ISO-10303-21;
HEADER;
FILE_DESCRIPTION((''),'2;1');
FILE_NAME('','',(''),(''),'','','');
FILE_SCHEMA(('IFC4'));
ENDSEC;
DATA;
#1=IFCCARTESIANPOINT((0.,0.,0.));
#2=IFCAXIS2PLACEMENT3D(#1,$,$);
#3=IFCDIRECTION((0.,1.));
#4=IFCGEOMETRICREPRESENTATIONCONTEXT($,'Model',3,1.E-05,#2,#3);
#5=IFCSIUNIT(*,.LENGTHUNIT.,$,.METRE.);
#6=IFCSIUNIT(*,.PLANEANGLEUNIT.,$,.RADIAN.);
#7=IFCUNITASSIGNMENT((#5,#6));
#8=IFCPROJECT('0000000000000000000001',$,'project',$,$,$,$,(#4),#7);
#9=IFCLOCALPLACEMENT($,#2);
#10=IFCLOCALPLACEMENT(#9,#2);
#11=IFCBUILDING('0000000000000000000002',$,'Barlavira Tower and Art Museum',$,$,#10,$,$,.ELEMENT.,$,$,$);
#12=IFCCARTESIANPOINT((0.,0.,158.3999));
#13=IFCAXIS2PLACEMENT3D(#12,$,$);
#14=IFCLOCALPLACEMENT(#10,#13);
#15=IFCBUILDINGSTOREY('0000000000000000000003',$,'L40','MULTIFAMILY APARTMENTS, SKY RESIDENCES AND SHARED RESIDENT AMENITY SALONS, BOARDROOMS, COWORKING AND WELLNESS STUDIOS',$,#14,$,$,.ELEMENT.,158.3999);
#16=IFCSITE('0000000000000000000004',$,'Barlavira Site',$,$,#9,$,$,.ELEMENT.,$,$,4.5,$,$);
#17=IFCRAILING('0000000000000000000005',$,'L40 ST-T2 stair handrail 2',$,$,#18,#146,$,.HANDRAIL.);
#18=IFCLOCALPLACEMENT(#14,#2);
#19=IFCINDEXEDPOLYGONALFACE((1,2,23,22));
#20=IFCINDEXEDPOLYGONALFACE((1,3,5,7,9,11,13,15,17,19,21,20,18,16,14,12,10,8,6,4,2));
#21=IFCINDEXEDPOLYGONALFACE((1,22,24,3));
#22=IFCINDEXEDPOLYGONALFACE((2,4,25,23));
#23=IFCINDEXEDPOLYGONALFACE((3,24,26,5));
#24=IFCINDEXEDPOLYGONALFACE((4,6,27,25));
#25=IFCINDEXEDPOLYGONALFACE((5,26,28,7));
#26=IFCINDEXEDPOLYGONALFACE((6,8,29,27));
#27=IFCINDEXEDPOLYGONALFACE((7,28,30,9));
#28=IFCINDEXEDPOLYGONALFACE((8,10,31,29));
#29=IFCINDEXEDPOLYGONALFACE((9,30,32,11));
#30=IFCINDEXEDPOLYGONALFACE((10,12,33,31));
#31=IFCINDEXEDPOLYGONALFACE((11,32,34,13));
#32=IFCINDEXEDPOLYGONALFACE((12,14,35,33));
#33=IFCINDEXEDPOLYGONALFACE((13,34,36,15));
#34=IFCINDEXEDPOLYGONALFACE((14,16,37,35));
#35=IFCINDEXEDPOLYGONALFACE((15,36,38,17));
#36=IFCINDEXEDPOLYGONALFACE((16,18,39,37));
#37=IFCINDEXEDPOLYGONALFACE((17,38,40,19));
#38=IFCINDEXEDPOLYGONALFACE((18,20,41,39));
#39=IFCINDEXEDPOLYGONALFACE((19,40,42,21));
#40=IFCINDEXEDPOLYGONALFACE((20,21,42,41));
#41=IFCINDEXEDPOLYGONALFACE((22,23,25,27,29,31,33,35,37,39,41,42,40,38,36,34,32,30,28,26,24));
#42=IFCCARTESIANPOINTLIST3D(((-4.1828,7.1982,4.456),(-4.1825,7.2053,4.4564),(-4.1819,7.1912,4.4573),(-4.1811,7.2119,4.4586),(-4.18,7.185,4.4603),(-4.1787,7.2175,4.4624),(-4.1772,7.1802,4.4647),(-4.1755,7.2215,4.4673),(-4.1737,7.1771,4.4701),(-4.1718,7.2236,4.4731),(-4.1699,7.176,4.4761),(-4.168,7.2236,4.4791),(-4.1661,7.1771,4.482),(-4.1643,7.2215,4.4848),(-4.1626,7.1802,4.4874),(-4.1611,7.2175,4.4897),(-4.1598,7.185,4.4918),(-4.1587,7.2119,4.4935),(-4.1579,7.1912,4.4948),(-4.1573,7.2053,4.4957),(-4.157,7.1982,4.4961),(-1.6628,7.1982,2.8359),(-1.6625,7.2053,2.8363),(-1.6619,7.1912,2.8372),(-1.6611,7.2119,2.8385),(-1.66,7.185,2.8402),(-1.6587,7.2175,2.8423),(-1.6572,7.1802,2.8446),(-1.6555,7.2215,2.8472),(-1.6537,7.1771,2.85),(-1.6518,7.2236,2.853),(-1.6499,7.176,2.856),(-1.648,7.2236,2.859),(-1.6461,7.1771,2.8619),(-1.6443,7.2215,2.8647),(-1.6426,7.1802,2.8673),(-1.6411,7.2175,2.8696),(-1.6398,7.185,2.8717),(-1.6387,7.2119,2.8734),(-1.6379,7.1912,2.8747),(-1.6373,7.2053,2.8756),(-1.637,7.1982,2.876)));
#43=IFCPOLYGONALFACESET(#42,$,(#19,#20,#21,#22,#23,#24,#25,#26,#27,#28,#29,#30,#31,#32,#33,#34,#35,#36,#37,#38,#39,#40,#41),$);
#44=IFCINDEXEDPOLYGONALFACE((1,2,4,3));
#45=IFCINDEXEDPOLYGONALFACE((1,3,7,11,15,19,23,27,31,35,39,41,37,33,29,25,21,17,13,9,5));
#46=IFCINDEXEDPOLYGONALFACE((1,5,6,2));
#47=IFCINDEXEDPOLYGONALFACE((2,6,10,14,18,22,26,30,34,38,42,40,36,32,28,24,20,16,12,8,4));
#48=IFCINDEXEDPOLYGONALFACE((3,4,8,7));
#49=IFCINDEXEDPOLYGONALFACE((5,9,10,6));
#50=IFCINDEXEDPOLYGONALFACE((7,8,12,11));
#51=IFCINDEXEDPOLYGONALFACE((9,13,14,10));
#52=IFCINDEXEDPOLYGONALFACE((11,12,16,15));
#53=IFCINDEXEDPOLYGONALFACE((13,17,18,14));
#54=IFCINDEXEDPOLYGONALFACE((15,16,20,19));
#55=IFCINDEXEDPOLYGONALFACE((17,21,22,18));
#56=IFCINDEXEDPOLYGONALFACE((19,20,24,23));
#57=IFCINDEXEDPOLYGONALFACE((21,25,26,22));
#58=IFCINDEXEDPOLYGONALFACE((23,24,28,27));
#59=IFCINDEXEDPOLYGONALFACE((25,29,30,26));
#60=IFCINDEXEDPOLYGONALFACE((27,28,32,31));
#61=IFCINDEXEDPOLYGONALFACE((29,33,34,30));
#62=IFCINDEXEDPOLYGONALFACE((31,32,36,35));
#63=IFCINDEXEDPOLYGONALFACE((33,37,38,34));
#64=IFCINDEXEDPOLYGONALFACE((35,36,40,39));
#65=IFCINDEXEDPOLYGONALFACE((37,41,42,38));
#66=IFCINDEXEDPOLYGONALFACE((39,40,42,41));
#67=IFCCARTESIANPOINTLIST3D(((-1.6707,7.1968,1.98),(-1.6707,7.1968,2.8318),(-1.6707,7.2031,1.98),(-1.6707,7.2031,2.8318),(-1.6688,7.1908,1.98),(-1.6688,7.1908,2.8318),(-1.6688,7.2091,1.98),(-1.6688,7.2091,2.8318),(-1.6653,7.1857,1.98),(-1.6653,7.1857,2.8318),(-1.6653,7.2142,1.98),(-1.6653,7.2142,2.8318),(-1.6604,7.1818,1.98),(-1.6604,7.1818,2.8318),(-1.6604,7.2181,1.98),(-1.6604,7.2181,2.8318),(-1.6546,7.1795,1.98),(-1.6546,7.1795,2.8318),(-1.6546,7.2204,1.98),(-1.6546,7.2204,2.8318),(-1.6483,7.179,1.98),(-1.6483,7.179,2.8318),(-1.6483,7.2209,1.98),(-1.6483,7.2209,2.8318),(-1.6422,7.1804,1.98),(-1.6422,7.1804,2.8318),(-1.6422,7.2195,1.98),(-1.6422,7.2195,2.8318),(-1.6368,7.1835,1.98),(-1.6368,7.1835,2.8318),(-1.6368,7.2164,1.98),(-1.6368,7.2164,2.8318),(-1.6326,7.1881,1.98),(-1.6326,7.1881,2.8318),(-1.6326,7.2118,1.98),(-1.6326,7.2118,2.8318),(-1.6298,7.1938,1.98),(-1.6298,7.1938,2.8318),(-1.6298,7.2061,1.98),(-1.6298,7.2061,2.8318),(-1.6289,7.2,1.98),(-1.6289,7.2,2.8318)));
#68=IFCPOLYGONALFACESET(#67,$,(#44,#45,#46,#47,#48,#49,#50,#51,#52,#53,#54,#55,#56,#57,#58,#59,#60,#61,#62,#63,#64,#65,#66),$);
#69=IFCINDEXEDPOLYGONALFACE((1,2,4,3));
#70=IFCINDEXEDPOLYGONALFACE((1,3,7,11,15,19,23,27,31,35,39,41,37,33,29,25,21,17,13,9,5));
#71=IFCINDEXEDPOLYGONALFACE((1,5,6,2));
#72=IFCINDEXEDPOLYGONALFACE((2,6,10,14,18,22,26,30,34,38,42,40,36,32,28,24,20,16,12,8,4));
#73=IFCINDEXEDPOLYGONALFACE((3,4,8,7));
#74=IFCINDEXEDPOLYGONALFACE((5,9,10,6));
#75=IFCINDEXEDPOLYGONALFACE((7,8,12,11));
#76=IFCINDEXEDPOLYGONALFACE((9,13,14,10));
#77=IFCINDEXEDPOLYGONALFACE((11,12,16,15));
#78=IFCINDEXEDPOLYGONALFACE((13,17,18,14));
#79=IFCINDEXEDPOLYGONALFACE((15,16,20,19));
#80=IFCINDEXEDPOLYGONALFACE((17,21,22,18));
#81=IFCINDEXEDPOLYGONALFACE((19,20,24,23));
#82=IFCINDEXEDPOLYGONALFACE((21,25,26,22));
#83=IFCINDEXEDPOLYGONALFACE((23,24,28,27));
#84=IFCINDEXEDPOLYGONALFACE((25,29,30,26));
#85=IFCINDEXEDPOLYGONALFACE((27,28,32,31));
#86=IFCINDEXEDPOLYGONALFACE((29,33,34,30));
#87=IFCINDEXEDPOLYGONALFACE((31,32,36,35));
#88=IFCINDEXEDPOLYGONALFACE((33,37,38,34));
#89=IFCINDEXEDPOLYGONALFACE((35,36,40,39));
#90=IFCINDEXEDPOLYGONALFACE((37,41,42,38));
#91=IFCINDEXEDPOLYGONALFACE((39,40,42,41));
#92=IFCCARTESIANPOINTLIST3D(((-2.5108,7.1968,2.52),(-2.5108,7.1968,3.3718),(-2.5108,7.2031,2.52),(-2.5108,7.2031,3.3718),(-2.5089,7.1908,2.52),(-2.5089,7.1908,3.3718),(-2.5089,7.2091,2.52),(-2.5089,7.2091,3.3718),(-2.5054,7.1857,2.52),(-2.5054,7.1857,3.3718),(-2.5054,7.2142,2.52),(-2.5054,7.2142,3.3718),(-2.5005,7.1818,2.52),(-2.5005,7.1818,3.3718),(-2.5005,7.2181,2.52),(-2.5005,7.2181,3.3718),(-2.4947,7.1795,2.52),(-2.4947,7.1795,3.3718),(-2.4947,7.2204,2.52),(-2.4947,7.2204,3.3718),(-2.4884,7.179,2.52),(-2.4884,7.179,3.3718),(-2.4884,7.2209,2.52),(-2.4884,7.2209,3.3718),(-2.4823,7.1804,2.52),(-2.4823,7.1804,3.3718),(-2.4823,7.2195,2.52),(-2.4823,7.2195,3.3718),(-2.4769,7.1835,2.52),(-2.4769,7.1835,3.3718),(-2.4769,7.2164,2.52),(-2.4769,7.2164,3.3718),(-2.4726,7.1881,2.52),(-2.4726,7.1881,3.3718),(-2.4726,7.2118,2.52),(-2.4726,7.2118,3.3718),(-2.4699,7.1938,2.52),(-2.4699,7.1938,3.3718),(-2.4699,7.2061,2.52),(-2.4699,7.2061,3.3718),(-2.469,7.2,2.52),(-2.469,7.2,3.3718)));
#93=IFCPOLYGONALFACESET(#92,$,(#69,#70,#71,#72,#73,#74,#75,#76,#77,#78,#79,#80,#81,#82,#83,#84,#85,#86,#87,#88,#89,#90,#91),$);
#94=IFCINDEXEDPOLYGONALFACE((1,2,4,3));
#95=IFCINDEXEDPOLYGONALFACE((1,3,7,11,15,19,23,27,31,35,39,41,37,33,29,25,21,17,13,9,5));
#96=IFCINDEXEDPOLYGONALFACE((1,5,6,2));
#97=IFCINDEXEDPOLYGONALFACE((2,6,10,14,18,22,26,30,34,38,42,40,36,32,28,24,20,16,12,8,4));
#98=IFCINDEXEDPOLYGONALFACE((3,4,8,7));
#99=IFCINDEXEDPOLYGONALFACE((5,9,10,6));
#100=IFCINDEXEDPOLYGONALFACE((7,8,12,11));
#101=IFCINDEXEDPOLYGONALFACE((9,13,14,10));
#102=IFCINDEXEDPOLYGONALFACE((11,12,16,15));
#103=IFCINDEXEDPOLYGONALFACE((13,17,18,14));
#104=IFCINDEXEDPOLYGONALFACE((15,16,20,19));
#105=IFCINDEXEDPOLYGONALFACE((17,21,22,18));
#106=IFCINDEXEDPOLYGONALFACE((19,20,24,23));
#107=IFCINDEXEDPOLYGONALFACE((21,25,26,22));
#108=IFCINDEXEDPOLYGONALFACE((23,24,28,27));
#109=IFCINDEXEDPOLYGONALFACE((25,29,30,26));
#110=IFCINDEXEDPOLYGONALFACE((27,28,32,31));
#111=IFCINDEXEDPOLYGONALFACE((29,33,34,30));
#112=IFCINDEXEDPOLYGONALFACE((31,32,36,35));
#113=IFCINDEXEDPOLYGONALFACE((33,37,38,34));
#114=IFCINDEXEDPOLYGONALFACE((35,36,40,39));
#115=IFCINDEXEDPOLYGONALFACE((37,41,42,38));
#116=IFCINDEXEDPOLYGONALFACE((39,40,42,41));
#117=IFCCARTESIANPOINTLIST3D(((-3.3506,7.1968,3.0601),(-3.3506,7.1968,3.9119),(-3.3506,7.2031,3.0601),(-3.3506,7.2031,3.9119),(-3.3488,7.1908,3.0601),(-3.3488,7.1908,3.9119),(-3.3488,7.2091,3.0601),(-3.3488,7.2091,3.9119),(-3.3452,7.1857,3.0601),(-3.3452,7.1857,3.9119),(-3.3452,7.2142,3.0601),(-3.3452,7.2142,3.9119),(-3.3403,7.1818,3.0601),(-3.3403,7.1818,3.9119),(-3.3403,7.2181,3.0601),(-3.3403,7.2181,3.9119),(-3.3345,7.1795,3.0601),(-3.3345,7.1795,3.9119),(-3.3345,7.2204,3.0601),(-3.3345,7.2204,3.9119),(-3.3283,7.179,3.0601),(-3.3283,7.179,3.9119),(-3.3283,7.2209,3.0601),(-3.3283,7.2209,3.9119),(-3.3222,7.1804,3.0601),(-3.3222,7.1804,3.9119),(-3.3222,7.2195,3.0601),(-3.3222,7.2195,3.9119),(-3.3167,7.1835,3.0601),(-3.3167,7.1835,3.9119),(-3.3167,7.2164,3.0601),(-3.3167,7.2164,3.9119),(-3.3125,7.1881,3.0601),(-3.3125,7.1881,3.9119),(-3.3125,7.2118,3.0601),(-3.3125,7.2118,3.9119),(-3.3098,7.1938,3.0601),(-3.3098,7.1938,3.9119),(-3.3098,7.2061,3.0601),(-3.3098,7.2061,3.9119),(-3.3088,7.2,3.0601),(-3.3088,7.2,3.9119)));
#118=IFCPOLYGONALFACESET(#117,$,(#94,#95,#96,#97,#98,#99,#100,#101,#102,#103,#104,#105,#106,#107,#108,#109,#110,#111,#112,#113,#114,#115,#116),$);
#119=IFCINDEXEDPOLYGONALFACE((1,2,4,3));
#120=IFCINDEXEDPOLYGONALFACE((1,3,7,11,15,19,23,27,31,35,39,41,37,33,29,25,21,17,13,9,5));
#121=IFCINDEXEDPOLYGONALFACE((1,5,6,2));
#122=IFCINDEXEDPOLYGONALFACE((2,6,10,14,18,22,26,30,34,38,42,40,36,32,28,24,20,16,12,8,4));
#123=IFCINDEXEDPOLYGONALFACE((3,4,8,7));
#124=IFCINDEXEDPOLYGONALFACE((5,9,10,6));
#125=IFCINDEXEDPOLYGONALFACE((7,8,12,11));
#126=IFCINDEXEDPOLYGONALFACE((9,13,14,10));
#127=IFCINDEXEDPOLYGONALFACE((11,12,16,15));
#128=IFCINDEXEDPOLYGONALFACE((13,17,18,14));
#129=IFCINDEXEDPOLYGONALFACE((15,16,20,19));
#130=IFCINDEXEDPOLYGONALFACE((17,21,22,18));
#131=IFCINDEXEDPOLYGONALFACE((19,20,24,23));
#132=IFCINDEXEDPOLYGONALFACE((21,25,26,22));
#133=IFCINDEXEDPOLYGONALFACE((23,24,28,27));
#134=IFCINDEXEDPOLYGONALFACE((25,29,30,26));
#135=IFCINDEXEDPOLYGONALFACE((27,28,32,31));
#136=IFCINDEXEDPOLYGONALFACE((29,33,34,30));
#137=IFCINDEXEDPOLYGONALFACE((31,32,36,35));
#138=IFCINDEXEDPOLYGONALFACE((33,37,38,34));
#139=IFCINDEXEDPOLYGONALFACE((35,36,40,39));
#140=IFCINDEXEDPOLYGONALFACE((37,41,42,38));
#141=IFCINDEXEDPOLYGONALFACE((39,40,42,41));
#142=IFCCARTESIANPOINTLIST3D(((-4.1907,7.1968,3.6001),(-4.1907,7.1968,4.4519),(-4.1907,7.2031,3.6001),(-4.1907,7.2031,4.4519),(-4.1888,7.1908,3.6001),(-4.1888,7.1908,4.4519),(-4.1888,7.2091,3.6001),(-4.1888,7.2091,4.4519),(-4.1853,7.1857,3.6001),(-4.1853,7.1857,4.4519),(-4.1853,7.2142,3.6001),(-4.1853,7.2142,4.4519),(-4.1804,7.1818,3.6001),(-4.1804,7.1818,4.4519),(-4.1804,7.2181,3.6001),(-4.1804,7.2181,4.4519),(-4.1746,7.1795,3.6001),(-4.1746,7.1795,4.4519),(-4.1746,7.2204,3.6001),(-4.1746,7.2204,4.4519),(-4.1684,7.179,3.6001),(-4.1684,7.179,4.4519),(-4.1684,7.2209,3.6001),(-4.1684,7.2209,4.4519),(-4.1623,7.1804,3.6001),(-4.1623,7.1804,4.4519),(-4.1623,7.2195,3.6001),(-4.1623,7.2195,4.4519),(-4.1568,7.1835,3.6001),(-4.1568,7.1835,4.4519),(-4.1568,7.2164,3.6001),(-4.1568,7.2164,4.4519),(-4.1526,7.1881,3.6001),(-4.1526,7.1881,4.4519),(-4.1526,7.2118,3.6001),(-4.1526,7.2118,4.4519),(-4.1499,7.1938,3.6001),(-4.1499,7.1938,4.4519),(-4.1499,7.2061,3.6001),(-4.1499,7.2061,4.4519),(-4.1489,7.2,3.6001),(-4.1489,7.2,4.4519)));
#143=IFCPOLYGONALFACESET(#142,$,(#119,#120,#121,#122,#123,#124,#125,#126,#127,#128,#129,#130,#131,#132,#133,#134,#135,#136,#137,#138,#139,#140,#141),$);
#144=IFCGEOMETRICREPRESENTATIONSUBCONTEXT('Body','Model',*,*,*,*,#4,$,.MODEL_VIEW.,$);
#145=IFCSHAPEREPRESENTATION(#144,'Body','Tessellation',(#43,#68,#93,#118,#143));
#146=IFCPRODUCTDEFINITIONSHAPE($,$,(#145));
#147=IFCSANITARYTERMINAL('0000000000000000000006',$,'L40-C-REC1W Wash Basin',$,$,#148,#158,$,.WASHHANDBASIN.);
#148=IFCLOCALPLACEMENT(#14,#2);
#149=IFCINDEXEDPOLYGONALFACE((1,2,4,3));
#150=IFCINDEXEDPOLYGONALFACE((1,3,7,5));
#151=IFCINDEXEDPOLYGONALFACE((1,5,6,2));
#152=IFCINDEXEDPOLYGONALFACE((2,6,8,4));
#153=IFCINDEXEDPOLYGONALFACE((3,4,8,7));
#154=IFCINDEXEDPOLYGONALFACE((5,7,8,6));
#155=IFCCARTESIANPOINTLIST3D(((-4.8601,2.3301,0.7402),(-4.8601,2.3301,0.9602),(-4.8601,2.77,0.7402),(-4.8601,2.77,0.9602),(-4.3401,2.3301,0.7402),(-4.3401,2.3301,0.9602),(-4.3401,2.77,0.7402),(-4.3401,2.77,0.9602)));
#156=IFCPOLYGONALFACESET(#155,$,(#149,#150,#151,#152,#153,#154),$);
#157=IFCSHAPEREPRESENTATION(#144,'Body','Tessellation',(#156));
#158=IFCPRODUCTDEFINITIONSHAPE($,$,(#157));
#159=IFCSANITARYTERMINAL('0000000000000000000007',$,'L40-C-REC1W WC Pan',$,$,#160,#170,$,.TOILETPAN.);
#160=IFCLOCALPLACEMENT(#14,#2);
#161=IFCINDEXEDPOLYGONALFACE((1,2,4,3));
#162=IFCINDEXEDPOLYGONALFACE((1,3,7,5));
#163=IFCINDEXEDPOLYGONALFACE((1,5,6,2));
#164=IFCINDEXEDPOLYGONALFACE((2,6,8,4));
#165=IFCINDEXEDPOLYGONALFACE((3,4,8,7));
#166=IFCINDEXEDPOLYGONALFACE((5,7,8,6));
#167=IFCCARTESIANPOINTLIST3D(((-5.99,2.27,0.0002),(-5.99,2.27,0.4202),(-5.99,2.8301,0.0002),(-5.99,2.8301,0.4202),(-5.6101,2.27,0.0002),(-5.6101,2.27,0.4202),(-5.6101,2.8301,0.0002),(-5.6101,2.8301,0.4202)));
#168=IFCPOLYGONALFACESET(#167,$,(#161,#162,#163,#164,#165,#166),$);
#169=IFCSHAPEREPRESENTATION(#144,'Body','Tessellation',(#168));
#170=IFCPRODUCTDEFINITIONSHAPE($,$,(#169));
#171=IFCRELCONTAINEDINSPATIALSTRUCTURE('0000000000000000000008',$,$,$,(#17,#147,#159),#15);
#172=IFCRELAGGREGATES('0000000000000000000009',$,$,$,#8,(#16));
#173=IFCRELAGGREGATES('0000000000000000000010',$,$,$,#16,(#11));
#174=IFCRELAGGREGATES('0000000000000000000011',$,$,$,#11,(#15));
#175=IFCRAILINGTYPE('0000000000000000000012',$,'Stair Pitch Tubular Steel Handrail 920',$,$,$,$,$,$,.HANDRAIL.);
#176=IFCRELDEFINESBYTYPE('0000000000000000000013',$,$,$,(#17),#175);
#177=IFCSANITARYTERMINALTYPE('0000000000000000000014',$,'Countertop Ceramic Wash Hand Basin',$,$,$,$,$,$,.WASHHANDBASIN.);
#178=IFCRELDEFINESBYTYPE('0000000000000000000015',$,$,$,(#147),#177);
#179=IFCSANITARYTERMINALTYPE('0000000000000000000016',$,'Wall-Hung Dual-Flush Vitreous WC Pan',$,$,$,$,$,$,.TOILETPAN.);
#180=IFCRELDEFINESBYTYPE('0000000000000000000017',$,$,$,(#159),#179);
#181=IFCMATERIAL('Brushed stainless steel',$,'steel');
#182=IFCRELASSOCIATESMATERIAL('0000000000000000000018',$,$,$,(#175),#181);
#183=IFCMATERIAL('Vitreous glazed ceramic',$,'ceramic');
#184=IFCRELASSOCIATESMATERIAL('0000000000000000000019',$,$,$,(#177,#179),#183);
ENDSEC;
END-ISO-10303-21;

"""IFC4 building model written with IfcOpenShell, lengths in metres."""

from ifc_helpers import new_model, si_unit, direction, frame, origin, origin_2d, place, context, subcontext, project, spatial, rectangle, circle, extrude, material, type_object, element, save


model = new_model("IFC4")

# Units and contexts
model_context = context("Model", 3, precision=1e-05, world=origin(), true_north=direction((0.0, 1.0)))
body_context = subcontext(model_context, "Body", "Model", "MODEL_VIEW")
ifc_project = project(units=[si_unit("LENGTHUNIT", "METRE"), si_unit("PLANEANGLEUNIT", "RADIAN")], contexts=[model_context])

# Site, building, storey
site_placement = place(None, origin())
site = spatial("IfcSite", under=ifc_project, at=site_placement, Name="Barlavira Site", CompositionType="ELEMENT", RefElevation=4.5)
building_placement = place(site_placement, origin())
building = spatial("IfcBuilding", under=site, at=building_placement, Name="Barlavira Tower and Art Museum", CompositionType="ELEMENT")
storey_placement = place(building_placement, frame((0.0, 0.0, 158.3999)))
storey = spatial("IfcBuildingStorey", under=building, at=storey_placement, Name="L40", Description="MULTIFAMILY APARTMENTS, SKY RESIDENCES AND SHARED RESIDENT AMENITY SALONS, BOARDROOMS, COWORKING AND WELLNESS STUDIOS", CompositionType="ELEMENT", Elevation=158.3999)

# Shared definitions
ifc_material_1 = material(Name="Brushed stainless steel", Category="steel")

# Railing
railing_type_1 = type_object("IfcRailingType", Name="Stair Pitch Tubular Steel Handrail 920", PredefinedType="HANDRAIL", material=ifc_material_1)
railing_1_placement = place(storey_placement, frame((-1.6499, 7.2, 1.98)))
element("IfcRailing", 1, at=railing_1_placement, inside=storey, type_object=railing_type_1, Name="L40 ST-T2 stair handrail 2", PredefinedType="HANDRAIL", context=body_context, shape_type="SweptSolid", body=[
    extrude(circle(Radius=0.0239, at=origin_2d()), frame((0.0, 0.0, 0.876), z_axis=(-0.841163, 0.0, 0.540782), x_axis=(0.0, -1.0, 0.0)), (0.0, 0.0, 1.0), 2.9958),
    extrude(circle(Radius=0.021, at=origin_2d()), origin(), (0.0, 0.0, 1.0), 0.8518),
    extrude(circle(Radius=0.021, at=origin_2d()), frame((-0.8401, 0.0, 0.54)), (0.0, 0.0, 1.0), 0.8518),
    extrude(circle(Radius=0.021, at=origin_2d()), frame((-1.6799, 0.0, 1.0801)), (0.0, 0.0, 1.0), 0.8518),
    extrude(circle(Radius=0.021, at=origin_2d()), frame((-2.52, 0.0, 1.6201)), (0.0, 0.0, 1.0), 0.8518),
])

# Sanitary terminals
ifc_material_2 = material(Name="Vitreous glazed ceramic", Category="ceramic")
sanitary_terminal_type_1 = type_object("IfcSanitaryTerminalType", Name="Countertop Ceramic Wash Hand Basin", PredefinedType="WASHHANDBASIN", material=ifc_material_2)
sanitary_terminal_1_placement = place(storey_placement, frame((-4.6001, 2.55, 0.7402), z_axis=(0.0, 0.0, 1.0), x_axis=(1.0, 0.0, 0.0)))
element("IfcSanitaryTerminal", 2, at=sanitary_terminal_1_placement, inside=storey, type_object=sanitary_terminal_type_1, Name="L40-C-REC1W Wash Basin", PredefinedType="WASHHANDBASIN", context=body_context, shape_type="SweptSolid", body=[
    extrude(rectangle(XDim=0.52, YDim=0.4399, at=origin_2d()), origin(), (0.0, 0.0, 1.0), 0.22),
])
sanitary_terminal_type_2 = type_object("IfcSanitaryTerminalType", Name="Wall-Hung Dual-Flush Vitreous WC Pan", PredefinedType="TOILETPAN", material=ifc_material_2)
sanitary_terminal_2_placement = place(storey_placement, frame((-5.8, 2.55, 0.0002), z_axis=(0.0, 0.0, 1.0), x_axis=(1.0, 0.0, 0.0)))
element("IfcSanitaryTerminal", 3, at=sanitary_terminal_2_placement, inside=storey, type_object=sanitary_terminal_type_2, Name="L40-C-REC1W WC Pan", PredefinedType="TOILETPAN", context=body_context, shape_type="SweptSolid", body=[
    extrude(rectangle(XDim=0.3799, YDim=0.5601, at=origin_2d()), origin(), (0.0, 0.0, 1.0), 0.4199),
])

save(model, "model.ifc")
